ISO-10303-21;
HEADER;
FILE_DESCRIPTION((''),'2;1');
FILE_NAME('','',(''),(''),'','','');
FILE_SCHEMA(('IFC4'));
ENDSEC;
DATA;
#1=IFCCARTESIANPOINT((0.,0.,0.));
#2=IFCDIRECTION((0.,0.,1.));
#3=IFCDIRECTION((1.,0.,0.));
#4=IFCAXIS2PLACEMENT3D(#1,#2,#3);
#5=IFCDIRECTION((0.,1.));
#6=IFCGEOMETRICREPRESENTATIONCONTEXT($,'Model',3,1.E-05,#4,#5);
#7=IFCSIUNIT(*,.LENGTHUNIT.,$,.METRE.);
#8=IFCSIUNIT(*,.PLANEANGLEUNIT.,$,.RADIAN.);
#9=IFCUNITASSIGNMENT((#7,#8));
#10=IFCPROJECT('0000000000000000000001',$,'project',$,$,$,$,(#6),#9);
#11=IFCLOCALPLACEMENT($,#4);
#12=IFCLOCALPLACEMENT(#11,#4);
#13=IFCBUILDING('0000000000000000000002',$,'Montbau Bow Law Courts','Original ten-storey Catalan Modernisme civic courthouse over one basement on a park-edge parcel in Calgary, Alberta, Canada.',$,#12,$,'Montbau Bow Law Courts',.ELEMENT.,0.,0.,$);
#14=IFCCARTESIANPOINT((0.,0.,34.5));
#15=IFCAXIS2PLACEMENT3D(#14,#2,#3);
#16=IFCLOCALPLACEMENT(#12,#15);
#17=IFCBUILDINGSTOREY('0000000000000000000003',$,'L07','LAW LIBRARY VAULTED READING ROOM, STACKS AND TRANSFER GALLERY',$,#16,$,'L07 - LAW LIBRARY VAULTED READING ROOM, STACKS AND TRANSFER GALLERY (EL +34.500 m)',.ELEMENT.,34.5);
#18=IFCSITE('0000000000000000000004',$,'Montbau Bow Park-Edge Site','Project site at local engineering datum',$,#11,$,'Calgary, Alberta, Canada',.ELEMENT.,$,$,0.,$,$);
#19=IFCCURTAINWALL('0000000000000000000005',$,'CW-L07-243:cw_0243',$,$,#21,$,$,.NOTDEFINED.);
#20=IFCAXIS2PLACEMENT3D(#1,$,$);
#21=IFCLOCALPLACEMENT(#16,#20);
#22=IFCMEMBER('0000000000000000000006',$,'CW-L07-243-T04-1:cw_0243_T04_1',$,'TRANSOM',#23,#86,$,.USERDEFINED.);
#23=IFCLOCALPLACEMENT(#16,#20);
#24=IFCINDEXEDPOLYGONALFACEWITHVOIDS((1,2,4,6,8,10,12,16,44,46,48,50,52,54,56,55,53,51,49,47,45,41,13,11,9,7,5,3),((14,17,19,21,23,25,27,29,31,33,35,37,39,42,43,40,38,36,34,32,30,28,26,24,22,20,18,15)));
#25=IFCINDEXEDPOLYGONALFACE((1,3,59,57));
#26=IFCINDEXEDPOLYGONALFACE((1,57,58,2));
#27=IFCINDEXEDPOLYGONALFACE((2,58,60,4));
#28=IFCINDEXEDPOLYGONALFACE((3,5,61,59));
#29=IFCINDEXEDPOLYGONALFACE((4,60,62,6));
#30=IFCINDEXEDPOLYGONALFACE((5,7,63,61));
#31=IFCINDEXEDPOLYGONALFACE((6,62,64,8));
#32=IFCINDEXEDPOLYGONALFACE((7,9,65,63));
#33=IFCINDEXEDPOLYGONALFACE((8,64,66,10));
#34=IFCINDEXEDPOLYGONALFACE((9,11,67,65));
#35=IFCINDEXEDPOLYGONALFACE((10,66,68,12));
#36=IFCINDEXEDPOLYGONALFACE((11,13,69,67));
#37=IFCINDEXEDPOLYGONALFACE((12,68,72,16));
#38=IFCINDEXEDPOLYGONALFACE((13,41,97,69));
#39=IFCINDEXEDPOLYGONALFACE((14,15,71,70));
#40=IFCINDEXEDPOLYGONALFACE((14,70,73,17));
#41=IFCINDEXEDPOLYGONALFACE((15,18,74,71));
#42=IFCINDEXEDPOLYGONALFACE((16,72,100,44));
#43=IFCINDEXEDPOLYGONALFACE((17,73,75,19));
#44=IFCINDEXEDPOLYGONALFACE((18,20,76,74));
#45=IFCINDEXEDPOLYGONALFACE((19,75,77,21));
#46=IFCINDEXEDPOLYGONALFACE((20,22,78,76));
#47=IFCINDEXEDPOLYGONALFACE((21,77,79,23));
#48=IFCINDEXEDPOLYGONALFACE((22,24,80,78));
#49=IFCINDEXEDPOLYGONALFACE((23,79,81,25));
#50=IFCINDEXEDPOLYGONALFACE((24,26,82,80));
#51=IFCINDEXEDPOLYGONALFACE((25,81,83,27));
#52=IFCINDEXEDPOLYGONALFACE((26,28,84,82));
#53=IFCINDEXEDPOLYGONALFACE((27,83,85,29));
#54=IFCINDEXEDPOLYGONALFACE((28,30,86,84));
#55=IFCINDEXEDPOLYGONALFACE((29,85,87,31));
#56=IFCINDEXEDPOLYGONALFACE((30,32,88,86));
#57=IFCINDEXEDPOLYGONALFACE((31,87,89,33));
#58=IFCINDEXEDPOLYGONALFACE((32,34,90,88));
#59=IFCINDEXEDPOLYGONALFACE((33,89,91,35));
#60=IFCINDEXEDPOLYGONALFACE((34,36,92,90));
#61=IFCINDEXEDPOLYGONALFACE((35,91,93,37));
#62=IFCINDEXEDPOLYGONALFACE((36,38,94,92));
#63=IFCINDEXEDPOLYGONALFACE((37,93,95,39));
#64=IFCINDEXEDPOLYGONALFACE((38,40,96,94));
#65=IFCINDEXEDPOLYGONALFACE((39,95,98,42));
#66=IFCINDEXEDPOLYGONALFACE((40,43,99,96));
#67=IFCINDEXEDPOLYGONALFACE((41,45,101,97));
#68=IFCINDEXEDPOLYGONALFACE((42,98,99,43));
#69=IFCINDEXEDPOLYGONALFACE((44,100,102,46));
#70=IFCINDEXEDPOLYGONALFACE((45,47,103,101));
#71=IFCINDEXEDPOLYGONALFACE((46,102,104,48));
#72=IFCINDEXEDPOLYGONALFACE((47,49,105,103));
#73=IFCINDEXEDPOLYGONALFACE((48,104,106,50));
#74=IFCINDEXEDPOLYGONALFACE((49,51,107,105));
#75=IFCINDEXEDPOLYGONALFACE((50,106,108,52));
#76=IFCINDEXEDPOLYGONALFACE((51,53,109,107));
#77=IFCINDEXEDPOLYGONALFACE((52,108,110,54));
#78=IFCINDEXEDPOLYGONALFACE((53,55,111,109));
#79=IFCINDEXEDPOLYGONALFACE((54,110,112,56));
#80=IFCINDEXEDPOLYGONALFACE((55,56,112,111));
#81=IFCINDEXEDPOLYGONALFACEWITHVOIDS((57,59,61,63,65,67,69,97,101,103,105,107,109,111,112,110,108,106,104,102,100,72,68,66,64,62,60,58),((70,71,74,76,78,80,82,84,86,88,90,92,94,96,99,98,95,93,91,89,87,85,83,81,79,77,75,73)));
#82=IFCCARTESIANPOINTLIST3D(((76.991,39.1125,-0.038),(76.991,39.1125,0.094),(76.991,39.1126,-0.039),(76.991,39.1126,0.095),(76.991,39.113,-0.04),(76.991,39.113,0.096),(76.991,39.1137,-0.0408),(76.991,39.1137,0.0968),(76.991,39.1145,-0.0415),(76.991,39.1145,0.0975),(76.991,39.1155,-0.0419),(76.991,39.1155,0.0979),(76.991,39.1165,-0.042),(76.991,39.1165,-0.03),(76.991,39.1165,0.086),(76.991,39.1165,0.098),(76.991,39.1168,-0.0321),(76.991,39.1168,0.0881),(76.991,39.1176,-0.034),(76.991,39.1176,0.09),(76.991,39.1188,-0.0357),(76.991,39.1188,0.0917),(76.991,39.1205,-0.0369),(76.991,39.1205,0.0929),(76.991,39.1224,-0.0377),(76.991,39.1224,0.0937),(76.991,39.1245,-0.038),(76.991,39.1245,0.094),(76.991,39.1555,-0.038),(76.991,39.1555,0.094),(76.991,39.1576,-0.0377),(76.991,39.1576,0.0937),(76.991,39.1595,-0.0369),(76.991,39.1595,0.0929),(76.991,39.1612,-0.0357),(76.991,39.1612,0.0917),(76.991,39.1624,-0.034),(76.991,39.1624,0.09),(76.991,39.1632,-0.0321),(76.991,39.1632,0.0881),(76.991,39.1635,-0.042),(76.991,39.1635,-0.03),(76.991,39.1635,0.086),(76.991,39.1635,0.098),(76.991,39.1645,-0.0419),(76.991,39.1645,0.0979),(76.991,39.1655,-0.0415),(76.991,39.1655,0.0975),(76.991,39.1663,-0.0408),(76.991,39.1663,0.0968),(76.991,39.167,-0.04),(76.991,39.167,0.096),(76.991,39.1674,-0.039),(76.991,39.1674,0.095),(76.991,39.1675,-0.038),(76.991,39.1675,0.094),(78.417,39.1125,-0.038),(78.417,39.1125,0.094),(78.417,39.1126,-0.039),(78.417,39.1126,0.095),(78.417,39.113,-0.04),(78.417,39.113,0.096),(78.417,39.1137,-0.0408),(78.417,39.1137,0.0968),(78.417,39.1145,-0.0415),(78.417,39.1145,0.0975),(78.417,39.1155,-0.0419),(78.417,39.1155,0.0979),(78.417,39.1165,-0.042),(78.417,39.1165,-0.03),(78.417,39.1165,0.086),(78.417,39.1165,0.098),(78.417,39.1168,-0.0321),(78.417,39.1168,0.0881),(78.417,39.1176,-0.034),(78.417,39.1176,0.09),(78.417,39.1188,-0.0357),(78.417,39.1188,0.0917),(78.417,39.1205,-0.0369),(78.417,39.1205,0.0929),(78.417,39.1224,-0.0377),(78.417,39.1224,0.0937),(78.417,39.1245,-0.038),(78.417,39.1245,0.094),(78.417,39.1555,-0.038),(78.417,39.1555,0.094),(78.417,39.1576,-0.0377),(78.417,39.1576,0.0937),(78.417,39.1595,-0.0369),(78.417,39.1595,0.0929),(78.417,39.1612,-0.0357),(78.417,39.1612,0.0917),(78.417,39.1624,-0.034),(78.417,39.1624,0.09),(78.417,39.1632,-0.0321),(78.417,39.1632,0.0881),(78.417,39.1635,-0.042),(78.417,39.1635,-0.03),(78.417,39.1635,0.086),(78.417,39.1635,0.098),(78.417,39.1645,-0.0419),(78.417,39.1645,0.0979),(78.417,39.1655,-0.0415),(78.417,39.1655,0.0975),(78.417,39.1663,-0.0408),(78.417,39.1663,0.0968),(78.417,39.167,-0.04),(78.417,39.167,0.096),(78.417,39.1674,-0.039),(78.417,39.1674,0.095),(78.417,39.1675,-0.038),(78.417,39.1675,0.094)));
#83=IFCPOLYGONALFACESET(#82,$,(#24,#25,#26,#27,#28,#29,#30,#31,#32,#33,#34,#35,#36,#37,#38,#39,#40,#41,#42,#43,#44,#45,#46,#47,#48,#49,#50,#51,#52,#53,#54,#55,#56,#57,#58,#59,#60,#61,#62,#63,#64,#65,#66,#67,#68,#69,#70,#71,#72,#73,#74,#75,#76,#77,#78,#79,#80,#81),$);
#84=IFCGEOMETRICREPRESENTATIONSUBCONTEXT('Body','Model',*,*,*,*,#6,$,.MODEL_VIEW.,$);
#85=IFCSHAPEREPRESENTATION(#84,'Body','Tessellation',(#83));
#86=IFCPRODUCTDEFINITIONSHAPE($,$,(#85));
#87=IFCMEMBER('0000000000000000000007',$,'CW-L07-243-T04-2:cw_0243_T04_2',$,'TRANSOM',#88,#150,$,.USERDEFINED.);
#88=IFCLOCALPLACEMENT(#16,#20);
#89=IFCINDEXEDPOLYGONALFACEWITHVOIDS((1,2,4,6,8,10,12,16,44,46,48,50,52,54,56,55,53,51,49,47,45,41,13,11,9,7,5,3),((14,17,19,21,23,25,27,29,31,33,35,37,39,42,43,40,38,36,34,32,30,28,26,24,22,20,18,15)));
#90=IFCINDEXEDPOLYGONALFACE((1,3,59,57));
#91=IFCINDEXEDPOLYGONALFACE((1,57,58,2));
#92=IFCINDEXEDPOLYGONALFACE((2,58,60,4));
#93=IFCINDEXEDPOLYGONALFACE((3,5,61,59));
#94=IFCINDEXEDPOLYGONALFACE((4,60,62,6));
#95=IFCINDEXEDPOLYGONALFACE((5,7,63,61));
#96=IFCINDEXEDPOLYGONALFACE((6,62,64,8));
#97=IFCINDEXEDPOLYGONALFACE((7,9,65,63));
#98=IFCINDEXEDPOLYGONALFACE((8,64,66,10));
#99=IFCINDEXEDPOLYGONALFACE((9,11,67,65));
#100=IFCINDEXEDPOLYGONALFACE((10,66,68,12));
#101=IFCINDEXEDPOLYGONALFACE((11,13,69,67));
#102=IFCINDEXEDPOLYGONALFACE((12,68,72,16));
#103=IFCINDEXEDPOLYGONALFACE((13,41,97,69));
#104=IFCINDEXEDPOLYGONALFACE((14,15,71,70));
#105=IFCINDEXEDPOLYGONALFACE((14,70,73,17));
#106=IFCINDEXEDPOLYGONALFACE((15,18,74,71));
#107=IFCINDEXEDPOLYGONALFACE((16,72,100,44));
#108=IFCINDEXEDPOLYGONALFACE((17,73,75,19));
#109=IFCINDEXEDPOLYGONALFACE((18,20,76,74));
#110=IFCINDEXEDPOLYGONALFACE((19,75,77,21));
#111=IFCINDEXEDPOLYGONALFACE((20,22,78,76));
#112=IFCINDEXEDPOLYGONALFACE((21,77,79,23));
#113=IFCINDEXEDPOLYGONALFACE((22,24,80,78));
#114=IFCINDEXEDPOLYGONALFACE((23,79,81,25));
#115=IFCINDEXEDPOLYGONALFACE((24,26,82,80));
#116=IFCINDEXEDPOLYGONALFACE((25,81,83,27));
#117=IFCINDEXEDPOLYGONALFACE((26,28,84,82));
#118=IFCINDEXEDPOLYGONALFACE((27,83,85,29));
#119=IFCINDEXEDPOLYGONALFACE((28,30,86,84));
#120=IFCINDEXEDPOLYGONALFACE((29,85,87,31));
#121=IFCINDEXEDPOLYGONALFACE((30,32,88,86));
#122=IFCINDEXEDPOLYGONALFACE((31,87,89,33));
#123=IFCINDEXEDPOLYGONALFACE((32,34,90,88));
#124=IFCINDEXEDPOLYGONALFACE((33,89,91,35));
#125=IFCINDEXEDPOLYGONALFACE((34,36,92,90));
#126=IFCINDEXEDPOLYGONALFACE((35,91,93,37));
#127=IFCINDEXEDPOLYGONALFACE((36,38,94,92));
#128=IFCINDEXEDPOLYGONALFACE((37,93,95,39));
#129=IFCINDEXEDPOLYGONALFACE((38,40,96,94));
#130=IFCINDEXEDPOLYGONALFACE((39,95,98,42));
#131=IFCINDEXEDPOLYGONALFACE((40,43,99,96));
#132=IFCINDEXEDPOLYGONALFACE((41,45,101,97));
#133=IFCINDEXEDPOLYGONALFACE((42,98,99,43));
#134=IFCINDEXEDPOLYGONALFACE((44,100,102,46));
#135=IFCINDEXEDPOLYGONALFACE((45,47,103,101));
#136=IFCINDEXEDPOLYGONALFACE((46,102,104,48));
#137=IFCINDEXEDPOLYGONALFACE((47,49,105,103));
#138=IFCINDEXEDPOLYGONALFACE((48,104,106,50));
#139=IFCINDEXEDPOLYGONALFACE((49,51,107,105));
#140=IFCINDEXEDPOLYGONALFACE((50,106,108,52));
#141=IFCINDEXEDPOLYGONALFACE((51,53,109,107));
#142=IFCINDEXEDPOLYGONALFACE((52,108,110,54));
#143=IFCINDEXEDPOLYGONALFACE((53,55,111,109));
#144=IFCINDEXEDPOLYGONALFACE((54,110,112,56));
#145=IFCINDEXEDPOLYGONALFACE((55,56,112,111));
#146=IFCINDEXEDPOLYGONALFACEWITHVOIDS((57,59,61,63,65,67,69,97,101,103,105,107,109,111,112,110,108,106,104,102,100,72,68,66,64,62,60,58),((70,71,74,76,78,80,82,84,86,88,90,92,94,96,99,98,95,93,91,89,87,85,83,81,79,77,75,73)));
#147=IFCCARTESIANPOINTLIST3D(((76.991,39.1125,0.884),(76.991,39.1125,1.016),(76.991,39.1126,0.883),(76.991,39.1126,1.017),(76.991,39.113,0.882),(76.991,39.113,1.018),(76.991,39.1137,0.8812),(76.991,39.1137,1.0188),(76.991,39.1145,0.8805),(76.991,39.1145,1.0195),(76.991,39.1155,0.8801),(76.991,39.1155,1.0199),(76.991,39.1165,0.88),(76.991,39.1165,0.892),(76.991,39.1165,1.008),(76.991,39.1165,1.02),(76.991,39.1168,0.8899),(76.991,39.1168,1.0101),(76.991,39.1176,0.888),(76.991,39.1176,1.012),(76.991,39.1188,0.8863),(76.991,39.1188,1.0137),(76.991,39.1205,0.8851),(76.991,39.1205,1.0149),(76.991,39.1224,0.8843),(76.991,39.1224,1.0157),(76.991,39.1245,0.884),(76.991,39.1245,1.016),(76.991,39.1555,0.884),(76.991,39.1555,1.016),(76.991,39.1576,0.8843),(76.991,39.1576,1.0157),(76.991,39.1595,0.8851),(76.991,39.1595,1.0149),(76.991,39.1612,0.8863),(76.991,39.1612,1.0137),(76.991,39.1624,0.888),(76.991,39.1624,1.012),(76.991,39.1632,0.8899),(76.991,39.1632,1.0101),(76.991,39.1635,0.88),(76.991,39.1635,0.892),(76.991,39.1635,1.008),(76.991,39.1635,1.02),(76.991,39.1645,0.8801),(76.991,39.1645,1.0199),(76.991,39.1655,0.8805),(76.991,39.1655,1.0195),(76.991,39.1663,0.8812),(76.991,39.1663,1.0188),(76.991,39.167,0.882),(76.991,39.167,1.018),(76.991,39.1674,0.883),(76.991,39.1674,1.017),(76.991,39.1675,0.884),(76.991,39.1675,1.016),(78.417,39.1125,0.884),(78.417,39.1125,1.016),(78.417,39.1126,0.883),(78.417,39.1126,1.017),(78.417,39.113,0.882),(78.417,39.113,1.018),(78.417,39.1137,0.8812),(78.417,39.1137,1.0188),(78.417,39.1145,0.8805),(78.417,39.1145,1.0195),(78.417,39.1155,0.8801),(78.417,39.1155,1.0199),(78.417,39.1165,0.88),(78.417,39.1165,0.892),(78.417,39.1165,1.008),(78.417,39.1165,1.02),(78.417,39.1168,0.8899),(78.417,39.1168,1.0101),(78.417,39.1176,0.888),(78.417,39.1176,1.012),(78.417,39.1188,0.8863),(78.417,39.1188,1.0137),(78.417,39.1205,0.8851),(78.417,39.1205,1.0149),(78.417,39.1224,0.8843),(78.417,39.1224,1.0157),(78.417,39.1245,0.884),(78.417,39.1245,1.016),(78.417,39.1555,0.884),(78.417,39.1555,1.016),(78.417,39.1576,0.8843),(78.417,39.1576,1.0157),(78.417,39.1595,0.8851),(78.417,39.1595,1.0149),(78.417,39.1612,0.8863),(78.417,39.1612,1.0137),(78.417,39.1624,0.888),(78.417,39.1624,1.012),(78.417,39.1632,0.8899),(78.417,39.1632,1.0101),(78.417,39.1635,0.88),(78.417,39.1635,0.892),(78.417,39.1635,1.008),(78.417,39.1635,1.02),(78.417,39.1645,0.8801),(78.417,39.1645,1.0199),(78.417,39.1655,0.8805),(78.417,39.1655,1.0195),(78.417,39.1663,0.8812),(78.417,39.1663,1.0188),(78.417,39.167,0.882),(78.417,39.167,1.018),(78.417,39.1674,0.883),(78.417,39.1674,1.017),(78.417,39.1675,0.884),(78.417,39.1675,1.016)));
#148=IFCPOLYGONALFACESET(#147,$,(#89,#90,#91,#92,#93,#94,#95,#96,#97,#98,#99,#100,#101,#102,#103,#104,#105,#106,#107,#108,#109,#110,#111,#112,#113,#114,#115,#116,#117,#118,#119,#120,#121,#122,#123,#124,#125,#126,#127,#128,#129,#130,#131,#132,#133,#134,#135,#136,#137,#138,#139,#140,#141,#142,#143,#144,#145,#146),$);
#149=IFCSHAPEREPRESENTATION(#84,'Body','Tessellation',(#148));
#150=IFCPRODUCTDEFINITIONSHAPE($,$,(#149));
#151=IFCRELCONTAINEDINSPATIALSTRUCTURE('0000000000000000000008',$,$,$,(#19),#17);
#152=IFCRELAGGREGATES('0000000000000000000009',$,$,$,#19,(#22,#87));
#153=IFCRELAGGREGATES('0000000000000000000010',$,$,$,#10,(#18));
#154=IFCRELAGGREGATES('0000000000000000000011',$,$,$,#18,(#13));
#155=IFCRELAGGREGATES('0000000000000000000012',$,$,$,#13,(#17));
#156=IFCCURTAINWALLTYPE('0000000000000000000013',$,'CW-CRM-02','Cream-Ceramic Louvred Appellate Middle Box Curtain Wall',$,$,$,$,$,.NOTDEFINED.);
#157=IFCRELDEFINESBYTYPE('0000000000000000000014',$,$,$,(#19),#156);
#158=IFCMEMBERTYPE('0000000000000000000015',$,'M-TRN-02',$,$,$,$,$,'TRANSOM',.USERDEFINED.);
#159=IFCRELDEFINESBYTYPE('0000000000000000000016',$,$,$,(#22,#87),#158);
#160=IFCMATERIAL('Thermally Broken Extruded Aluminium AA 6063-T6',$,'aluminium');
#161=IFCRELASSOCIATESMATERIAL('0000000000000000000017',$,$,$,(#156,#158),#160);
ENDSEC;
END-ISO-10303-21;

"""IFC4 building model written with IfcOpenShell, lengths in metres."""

from ifc_helpers import new_model, si_unit, direction, frame, origin_with_axes, origin_2d_with_axis, place, context, subcontext, project, spatial, hollow_rectangle, extrude, material, material_profile, profile_set, type_object, element, aggregate, save


model = new_model("IFC4")

# Units and contexts
model_context = context("Model", 3, precision=1e-05, world=origin_with_axes(), true_north=direction((0.0, 1.0)))
body_context = subcontext(model_context, "Body", "Model", "MODEL_VIEW")
ifc_project = project(units=[si_unit("LENGTHUNIT", "METRE"), si_unit("PLANEANGLEUNIT", "RADIAN")], contexts=[model_context])

# Site, building, storey
site_placement = place(None, origin_with_axes())
site = spatial("IfcSite", under=ifc_project, at=site_placement, Name="Montbau Bow Park-Edge Site", Description="Project site at local engineering datum", LongName="Calgary, Alberta, Canada", CompositionType="ELEMENT", RefElevation=0.0)
building_placement = place(site_placement, origin_with_axes())
building = spatial("IfcBuilding", under=site, at=building_placement, Name="Montbau Bow Law Courts", Description="Original ten-storey Catalan Modernisme civic courthouse over one basement on a park-edge parcel in Calgary, Alberta, Canada.", LongName="Montbau Bow Law Courts", CompositionType="ELEMENT", ElevationOfRefHeight=0.0, ElevationOfTerrain=0.0)
storey_placement = place(building_placement, frame((0.0, 0.0, 34.5), z_axis=(0.0, 0.0, 1.0), x_axis=(1.0, 0.0, 0.0)))
storey = spatial("IfcBuildingStorey", under=building, at=storey_placement, Name="L07", Description="LAW LIBRARY VAULTED READING ROOM, STACKS AND TRANSFER GALLERY", LongName="L07 - LAW LIBRARY VAULTED READING ROOM, STACKS AND TRANSFER GALLERY (EL +34.500 m)", CompositionType="ELEMENT", Elevation=34.5)

# Curtain wall, members
ifc_material_1 = material(Name="Thermally Broken Extruded Aluminium AA 6063-T6", Category="aluminium")
curtain_wall_type = type_object("IfcCurtainWallType", Name="CW-CRM-02", Description="Cream-Ceramic Louvred Appellate Middle Box Curtain Wall", PredefinedType="NOTDEFINED", material=ifc_material_1)
curtain_wall_placement = place(None, frame((72.44, 39.14, 34.5), z_axis=(0.0, 0.0, 1.0), x_axis=(1.0, 0.0, 0.0)))
curtain_wall = element("IfcCurtainWall", 1, at=curtain_wall_placement, inside=storey, type_object=curtain_wall_type, Name="CW-L07-243:cw_0243", PredefinedType="NOTDEFINED")
ifc_material_profile_1 = material_profile(ifc_material_1, hollow_rectangle(XDim=0.055, YDim=0.14, WallThickness=0.004, InnerFilletRadius=0.008, OuterFilletRadius=0.004, at=origin_2d_with_axis()), Name="CWT-140X55", Category="Main", Priority=0)
ifc_profile_set_1 = profile_set([ifc_material_profile_1], Name="Thermally Broken Extruded Aluminium AA 6063-T6")
member_type_1 = type_object("IfcMemberType", Name="M-TRN-02", ElementType="TRANSOM", PredefinedType="USERDEFINED", material=ifc_profile_set_1)
member_1_placement = place(None, frame((76.991, 39.14, 34.528), z_axis=(1.0, 0.0, 0.0), x_axis=(0.0, 1.0, 0.0)))
member_1 = element("IfcMember", 2, at=member_1_placement, type_object=member_type_1, Name="CW-L07-243-T04-1:cw_0243_T04_1", ObjectType="TRANSOM", PredefinedType="USERDEFINED", context=body_context, shape_type="SweptSolid", body=[
    extrude(hollow_rectangle(XDim=0.055, YDim=0.14, WallThickness=0.004, InnerFilletRadius=0.008, OuterFilletRadius=0.004, at=origin_2d_with_axis()), origin_with_axes(), (0.0, 0.0, 1.0), 1.426),
])
member_2_placement = place(None, frame((76.991, 39.14, 35.45), z_axis=(1.0, 0.0, 0.0), x_axis=(0.0, 1.0, 0.0)))
member_2 = element("IfcMember", 3, at=member_2_placement, type_object=member_type_1, Name="CW-L07-243-T04-2:cw_0243_T04_2", ObjectType="TRANSOM", PredefinedType="USERDEFINED", context=body_context, shape_type="SweptSolid", body=[
    extrude(hollow_rectangle(XDim=0.055, YDim=0.14, WallThickness=0.004, InnerFilletRadius=0.008, OuterFilletRadius=0.004, at=origin_2d_with_axis()), origin_with_axes(), (0.0, 0.0, 1.0), 1.426),
])
aggregate(curtain_wall, [member_1, member_2])

save(model, "model.ifc")
